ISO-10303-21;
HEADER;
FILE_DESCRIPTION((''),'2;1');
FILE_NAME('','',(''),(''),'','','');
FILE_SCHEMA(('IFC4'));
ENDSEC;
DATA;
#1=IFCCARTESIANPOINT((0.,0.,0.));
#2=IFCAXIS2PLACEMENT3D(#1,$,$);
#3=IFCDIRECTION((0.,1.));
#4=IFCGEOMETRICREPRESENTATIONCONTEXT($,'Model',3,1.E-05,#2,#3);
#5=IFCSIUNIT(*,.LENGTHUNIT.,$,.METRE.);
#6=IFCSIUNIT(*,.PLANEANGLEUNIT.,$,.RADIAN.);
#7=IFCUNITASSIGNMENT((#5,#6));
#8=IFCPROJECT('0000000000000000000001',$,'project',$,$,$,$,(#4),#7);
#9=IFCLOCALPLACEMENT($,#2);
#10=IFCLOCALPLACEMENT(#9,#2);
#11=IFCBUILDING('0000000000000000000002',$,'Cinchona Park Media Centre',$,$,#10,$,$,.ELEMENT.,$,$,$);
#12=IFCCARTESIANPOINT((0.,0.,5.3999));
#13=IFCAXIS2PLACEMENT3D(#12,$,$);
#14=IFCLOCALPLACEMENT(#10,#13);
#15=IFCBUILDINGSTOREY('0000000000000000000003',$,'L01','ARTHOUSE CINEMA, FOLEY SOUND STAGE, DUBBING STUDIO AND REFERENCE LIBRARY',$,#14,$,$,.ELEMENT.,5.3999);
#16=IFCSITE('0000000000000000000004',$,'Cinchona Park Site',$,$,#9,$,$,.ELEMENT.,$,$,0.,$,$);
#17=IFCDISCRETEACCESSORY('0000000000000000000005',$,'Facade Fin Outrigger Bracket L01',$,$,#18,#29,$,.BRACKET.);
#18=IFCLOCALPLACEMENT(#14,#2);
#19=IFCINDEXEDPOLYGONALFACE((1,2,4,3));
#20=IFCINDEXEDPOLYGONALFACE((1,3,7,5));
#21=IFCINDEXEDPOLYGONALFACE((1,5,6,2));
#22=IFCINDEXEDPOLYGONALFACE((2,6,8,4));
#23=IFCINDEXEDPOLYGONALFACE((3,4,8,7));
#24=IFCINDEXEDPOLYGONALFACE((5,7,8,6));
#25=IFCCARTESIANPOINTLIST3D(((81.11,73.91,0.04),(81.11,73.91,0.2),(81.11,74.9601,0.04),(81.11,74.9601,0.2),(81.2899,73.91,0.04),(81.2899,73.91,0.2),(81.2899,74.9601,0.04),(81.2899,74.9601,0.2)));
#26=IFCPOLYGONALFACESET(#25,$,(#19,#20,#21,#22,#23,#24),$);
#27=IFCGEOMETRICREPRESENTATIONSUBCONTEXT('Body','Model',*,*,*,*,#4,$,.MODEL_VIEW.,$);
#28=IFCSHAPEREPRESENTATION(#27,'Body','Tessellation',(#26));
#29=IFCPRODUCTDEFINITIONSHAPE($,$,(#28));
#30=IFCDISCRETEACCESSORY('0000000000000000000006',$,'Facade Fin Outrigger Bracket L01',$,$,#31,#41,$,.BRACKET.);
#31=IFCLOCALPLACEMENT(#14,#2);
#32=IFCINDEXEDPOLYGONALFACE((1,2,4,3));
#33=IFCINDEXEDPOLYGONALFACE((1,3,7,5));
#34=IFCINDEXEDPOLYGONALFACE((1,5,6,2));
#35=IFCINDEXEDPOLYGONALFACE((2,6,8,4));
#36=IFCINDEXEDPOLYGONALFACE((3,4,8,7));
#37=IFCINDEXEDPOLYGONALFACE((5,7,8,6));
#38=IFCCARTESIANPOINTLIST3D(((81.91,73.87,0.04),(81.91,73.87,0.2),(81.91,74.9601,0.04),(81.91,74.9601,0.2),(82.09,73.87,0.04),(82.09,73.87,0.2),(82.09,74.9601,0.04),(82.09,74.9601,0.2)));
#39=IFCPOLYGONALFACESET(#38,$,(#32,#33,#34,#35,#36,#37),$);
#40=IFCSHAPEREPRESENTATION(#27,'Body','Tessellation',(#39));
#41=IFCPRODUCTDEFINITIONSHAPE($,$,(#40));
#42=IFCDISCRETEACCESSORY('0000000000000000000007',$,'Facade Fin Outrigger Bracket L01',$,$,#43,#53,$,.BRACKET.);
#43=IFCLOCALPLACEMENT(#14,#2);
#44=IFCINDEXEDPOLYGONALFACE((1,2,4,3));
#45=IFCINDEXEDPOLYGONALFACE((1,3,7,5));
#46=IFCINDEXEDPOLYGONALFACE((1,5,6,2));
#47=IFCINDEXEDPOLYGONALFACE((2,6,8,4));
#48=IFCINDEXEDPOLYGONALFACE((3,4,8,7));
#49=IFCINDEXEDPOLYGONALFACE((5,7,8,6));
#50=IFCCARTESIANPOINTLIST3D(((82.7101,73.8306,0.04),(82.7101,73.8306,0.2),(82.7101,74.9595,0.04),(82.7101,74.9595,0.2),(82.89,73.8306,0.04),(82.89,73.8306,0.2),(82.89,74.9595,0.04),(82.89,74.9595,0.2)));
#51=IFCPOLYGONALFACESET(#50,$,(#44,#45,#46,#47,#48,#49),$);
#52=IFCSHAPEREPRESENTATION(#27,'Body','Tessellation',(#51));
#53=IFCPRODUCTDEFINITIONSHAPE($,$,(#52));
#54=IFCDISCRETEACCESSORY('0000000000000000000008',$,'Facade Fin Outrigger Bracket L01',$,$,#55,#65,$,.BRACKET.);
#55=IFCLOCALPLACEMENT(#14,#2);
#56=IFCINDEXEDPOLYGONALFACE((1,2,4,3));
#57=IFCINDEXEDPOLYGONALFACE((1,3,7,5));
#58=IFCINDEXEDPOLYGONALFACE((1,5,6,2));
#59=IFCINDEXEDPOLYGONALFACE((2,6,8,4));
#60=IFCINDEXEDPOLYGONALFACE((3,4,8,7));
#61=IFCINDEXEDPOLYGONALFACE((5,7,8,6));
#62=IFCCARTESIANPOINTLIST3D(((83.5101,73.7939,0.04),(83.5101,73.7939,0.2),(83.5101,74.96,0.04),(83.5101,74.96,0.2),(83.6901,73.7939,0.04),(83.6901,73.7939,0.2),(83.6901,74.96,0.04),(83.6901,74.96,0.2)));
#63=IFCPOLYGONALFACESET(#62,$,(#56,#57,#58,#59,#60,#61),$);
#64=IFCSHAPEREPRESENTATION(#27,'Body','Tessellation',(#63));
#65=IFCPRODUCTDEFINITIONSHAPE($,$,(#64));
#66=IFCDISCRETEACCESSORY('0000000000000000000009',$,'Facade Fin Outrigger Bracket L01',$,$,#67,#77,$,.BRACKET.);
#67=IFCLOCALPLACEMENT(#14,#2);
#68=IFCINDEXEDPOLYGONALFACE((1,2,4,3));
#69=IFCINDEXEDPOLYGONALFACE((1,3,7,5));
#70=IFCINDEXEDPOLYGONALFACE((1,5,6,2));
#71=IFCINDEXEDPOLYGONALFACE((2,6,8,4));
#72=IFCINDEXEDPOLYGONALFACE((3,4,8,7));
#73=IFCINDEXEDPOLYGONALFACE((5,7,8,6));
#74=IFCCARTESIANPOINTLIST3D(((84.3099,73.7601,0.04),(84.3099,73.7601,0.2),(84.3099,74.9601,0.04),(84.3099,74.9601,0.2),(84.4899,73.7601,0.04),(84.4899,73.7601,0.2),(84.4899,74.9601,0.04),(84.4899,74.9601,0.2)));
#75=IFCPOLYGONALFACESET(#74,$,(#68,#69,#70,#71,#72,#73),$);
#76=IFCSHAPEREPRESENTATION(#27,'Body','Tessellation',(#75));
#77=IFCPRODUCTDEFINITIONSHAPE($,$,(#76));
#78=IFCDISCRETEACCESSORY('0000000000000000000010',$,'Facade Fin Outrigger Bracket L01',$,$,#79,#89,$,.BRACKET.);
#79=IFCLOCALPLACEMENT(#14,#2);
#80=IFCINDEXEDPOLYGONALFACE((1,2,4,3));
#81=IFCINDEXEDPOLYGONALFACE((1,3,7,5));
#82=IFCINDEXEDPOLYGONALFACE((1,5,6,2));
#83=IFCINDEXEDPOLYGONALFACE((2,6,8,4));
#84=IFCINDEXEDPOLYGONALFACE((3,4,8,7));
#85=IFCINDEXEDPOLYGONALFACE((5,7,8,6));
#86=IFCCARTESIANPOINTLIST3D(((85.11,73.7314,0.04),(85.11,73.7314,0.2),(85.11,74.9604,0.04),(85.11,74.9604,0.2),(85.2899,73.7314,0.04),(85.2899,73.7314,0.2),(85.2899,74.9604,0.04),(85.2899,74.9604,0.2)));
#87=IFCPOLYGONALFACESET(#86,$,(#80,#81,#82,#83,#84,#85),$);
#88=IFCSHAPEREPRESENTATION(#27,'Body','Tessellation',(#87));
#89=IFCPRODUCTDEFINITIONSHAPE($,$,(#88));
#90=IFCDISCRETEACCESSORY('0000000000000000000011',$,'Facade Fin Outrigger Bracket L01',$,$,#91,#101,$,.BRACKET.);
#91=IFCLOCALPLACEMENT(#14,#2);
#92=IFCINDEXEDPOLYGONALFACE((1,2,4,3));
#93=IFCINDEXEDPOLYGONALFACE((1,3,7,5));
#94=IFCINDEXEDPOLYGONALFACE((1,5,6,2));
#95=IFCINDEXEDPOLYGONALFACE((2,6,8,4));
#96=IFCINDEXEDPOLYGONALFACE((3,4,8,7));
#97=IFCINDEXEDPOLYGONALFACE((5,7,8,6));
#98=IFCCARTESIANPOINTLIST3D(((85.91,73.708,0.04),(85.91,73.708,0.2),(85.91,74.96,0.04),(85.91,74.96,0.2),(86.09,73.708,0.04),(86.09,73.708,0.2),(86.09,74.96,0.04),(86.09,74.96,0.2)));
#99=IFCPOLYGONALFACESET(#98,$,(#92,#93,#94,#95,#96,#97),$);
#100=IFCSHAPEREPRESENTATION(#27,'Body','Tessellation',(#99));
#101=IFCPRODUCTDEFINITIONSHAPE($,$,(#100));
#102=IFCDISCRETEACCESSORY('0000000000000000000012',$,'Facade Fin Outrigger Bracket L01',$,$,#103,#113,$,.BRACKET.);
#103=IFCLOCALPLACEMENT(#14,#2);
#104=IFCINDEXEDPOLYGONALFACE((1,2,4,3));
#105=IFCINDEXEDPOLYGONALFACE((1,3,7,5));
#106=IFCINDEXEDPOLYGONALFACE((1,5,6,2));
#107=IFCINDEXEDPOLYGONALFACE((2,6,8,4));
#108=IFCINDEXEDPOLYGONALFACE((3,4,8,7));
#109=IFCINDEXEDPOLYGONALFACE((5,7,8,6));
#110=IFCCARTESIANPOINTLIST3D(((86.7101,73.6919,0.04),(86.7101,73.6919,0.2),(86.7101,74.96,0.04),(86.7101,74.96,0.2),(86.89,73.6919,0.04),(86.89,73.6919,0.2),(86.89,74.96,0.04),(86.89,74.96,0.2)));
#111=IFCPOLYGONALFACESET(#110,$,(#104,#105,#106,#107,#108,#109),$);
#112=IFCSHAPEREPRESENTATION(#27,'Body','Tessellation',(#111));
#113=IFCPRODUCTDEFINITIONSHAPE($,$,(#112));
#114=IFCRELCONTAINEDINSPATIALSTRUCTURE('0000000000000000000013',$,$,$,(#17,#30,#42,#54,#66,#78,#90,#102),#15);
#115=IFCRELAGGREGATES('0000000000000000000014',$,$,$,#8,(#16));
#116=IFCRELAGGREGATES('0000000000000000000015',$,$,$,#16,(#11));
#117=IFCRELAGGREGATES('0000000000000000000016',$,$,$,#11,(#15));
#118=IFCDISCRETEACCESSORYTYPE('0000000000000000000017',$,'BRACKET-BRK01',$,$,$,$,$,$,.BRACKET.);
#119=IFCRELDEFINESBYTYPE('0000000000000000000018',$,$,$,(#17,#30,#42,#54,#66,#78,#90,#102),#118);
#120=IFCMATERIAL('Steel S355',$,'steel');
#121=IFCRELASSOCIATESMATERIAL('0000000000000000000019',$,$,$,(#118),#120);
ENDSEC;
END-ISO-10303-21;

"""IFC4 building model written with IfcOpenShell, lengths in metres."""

from ifc_helpers import new_model, si_unit, direction, frame, origin, origin_2d, place, context, subcontext, project, spatial, rectangle, extrude, material, type_object, element, save


model = new_model("IFC4")

# Units and contexts
model_context = context("Model", 3, precision=1e-05, world=origin(), true_north=direction((0.0, 1.0)))
body_context = subcontext(model_context, "Body", "Model", "MODEL_VIEW")
ifc_project = project(units=[si_unit("LENGTHUNIT", "METRE"), si_unit("PLANEANGLEUNIT", "RADIAN")], contexts=[model_context])

# Site, building, storey
site_placement = place(None, origin())
site = spatial("IfcSite", under=ifc_project, at=site_placement, Name="Cinchona Park Site", CompositionType="ELEMENT", RefElevation=0.0)
building_placement = place(site_placement, origin())
building = spatial("IfcBuilding", under=site, at=building_placement, Name="Cinchona Park Media Centre", CompositionType="ELEMENT")
storey_placement = place(building_placement, frame((0.0, 0.0, 5.3999)))
storey = spatial("IfcBuildingStorey", under=building, at=storey_placement, Name="L01", Description="ARTHOUSE CINEMA, FOLEY SOUND STAGE, DUBBING STUDIO AND REFERENCE LIBRARY", CompositionType="ELEMENT", Elevation=5.3999)

# Discrete accessories
ifc_material_1 = material(Name="Steel S355", Category="steel")
discrete_accessory_type = type_object("IfcDiscreteAccessoryType", Name="BRACKET-BRK01", PredefinedType="BRACKET", material=ifc_material_1)
discrete_accessory_1_placement = place(storey_placement, frame((81.2, 74.4351, 0.04), z_axis=(0.0, 0.0, 1.0), x_axis=(1.0, 0.0, 0.0)))
element("IfcDiscreteAccessory", 1, at=discrete_accessory_1_placement, inside=storey, type_object=discrete_accessory_type, Name="Facade Fin Outrigger Bracket L01", PredefinedType="BRACKET", context=body_context, shape_type="SweptSolid", body=[
    extrude(rectangle(XDim=0.1799, YDim=1.05, at=origin_2d()), origin(), (0.0, 0.0, 1.0), 0.1599),
])
discrete_accessory_2_placement = place(storey_placement, frame((82.0, 74.415, 0.04), z_axis=(0.0, 0.0, 1.0), x_axis=(1.0, 0.0, 0.0)))
element("IfcDiscreteAccessory", 2, at=discrete_accessory_2_placement, inside=storey, type_object=discrete_accessory_type, Name="Facade Fin Outrigger Bracket L01", PredefinedType="BRACKET", context=body_context, shape_type="SweptSolid", body=[
    extrude(rectangle(XDim=0.1799, YDim=1.0901, at=origin_2d()), origin(), (0.0, 0.0, 1.0), 0.1599),
])
discrete_accessory_3_placement = place(storey_placement, frame((82.8, 74.395, 0.04), z_axis=(0.0, 0.0, 1.0), x_axis=(1.0, 0.0, 0.0)))
element("IfcDiscreteAccessory", 3, at=discrete_accessory_3_placement, inside=storey, type_object=discrete_accessory_type, Name="Facade Fin Outrigger Bracket L01", PredefinedType="BRACKET", context=body_context, shape_type="SweptSolid", body=[
    extrude(rectangle(XDim=0.1799, YDim=1.1289, at=origin_2d()), origin(), (0.0, 0.0, 1.0), 0.1599),
])
discrete_accessory_4_placement = place(storey_placement, frame((83.6001, 74.377, 0.04), z_axis=(0.0, 0.0, 1.0), x_axis=(1.0, 0.0, 0.0)))
element("IfcDiscreteAccessory", 4, at=discrete_accessory_4_placement, inside=storey, type_object=discrete_accessory_type, Name="Facade Fin Outrigger Bracket L01", PredefinedType="BRACKET", context=body_context, shape_type="SweptSolid", body=[
    extrude(rectangle(XDim=0.1799, YDim=1.166, at=origin_2d()), origin(), (0.0, 0.0, 1.0), 0.1599),
])
discrete_accessory_5_placement = place(storey_placement, frame((84.3999, 74.3601, 0.04), z_axis=(0.0, 0.0, 1.0), x_axis=(1.0, 0.0, 0.0)))
element("IfcDiscreteAccessory", 5, at=discrete_accessory_5_placement, inside=storey, type_object=discrete_accessory_type, Name="Facade Fin Outrigger Bracket L01", PredefinedType="BRACKET", context=body_context, shape_type="SweptSolid", body=[
    extrude(rectangle(XDim=0.1799, YDim=1.2, at=origin_2d()), origin(), (0.0, 0.0, 1.0), 0.1599),
])
discrete_accessory_6_placement = place(storey_placement, frame((85.2, 74.3459, 0.04), z_axis=(0.0, 0.0, 1.0), x_axis=(1.0, 0.0, 0.0)))
element("IfcDiscreteAccessory", 6, at=discrete_accessory_6_placement, inside=storey, type_object=discrete_accessory_type, Name="Facade Fin Outrigger Bracket L01", PredefinedType="BRACKET", context=body_context, shape_type="SweptSolid", body=[
    extrude(rectangle(XDim=0.1799, YDim=1.229, at=origin_2d()), origin(), (0.0, 0.0, 1.0), 0.1599),
])
discrete_accessory_7_placement = place(storey_placement, frame((86.0, 74.334, 0.04), z_axis=(0.0, 0.0, 1.0), x_axis=(1.0, 0.0, 0.0)))
element("IfcDiscreteAccessory", 7, at=discrete_accessory_7_placement, inside=storey, type_object=discrete_accessory_type, Name="Facade Fin Outrigger Bracket L01", PredefinedType="BRACKET", context=body_context, shape_type="SweptSolid", body=[
    extrude(rectangle(XDim=0.1799, YDim=1.252, at=origin_2d()), origin(), (0.0, 0.0, 1.0), 0.1599),
])
discrete_accessory_8_placement = place(storey_placement, frame((86.8, 74.3259, 0.04), z_axis=(0.0, 0.0, 1.0), x_axis=(1.0, 0.0, 0.0)))
element("IfcDiscreteAccessory", 8, at=discrete_accessory_8_placement, inside=storey, type_object=discrete_accessory_type, Name="Facade Fin Outrigger Bracket L01", PredefinedType="BRACKET", context=body_context, shape_type="SweptSolid", body=[
    extrude(rectangle(XDim=0.1799, YDim=1.2681, at=origin_2d()), origin(), (0.0, 0.0, 1.0), 0.1599),
])

save(model, "model.ifc")
